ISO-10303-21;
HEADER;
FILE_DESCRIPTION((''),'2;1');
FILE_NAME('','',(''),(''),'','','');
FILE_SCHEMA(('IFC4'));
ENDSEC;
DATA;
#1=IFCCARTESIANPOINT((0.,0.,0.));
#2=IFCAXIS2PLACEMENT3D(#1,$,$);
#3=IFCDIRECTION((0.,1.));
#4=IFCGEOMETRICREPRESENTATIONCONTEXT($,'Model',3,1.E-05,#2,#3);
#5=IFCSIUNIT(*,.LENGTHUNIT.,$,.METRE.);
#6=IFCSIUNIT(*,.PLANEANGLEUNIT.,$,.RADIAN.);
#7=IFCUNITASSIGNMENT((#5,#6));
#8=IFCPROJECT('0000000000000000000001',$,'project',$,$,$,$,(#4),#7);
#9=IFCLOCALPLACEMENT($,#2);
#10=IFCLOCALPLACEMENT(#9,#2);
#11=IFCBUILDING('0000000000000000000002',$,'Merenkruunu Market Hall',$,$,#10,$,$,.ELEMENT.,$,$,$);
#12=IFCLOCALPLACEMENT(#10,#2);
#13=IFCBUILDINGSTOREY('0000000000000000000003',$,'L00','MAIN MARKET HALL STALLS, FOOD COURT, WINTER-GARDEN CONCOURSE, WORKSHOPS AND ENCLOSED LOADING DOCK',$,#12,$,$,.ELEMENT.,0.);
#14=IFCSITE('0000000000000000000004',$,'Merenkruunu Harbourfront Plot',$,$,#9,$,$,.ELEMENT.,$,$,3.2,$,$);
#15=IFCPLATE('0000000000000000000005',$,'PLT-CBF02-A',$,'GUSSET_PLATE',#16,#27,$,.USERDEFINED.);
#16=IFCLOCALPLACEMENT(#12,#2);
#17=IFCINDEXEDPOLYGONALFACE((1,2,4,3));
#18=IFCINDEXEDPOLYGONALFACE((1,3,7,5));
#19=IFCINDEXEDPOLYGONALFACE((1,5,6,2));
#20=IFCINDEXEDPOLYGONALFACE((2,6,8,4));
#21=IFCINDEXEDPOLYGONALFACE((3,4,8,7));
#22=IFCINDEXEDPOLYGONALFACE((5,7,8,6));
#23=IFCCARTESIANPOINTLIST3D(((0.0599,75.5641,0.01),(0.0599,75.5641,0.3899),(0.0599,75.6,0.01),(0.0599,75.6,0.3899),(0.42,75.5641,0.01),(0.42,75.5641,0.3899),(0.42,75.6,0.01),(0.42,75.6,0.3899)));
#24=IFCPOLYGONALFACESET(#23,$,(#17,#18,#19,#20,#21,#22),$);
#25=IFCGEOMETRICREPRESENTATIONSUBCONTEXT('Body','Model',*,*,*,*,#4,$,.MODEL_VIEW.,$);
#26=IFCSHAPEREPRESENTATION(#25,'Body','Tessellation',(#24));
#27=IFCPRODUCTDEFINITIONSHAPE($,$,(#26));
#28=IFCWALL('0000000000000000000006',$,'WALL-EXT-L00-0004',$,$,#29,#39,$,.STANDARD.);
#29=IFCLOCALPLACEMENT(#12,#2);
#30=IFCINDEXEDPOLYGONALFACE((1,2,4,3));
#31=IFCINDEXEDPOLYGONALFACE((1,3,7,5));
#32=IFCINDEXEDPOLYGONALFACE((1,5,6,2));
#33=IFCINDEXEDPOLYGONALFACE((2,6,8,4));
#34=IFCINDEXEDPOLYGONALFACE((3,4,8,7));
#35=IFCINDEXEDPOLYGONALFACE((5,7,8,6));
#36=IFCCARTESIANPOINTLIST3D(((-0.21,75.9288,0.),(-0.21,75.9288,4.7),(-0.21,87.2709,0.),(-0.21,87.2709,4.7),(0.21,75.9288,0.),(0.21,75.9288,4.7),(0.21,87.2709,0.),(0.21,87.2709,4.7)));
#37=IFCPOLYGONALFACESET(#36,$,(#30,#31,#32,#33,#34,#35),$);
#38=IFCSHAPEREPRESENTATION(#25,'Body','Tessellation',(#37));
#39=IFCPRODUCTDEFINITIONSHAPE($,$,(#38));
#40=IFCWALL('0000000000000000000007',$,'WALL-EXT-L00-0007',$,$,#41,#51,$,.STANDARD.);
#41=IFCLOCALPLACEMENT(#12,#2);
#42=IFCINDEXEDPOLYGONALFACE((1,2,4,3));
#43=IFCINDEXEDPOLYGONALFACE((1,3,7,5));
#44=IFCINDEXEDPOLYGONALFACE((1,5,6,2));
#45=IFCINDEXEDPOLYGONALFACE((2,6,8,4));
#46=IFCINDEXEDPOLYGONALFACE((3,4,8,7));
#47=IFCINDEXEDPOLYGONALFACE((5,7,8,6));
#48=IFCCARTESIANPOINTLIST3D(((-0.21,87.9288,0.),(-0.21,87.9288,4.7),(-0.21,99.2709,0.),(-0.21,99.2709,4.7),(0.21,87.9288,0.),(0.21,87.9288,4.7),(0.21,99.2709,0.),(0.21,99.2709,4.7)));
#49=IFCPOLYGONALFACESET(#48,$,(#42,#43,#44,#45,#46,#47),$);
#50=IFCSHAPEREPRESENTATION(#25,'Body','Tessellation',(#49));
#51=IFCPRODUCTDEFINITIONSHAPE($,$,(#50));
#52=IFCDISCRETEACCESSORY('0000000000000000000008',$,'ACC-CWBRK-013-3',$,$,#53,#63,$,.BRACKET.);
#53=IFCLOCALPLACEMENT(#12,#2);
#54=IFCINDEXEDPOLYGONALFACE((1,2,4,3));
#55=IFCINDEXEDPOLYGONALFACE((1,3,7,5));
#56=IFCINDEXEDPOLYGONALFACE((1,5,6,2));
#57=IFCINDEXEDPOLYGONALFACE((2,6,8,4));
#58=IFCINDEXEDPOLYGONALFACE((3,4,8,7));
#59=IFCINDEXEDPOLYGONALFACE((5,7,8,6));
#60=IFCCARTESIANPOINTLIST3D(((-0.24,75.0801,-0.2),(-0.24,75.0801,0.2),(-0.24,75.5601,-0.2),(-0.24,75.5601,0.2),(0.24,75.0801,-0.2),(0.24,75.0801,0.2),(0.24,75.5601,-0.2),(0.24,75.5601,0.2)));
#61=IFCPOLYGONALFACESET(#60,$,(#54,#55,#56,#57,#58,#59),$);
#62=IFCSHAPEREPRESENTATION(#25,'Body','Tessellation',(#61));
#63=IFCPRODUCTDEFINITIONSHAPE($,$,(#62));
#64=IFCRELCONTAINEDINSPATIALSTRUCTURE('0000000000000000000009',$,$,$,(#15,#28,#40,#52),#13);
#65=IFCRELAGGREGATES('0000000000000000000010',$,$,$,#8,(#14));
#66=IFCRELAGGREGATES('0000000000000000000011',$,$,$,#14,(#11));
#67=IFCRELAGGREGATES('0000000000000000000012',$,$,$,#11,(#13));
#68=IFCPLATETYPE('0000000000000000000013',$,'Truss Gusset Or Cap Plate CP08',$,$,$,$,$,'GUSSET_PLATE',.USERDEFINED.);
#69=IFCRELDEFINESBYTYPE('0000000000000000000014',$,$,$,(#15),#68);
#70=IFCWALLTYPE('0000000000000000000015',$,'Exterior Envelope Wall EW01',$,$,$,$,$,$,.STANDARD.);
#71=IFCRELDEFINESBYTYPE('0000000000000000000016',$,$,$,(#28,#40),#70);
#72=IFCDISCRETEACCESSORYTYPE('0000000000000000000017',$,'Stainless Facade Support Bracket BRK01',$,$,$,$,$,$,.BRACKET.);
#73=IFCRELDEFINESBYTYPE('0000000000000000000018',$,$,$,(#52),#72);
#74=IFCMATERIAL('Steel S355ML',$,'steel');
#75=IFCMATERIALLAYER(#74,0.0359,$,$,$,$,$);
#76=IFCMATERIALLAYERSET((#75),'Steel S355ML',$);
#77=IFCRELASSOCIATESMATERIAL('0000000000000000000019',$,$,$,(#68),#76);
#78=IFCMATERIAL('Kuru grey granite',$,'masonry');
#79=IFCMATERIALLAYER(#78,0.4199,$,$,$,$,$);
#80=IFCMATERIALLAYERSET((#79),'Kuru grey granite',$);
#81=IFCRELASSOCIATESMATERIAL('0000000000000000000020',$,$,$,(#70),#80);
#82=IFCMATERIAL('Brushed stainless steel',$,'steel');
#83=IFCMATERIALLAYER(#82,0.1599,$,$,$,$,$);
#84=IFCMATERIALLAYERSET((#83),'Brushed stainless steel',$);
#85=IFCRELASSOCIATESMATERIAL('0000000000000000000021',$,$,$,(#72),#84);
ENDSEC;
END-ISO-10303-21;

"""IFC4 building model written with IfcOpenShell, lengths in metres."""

from ifc_helpers import new_model, si_unit, direction, frame, frame_2d, origin, origin_2d, place, context, subcontext, project, spatial, rectangle, extrude, material, layer, layer_set, type_object, element, save


model = new_model("IFC4")

# Units and contexts
model_context = context("Model", 3, precision=1e-05, world=origin(), true_north=direction((0.0, 1.0)))
body_context = subcontext(model_context, "Body", "Model", "MODEL_VIEW")
ifc_project = project(units=[si_unit("LENGTHUNIT", "METRE"), si_unit("PLANEANGLEUNIT", "RADIAN")], contexts=[model_context])

# Site, building, storey
site_placement = place(None, origin())
site = spatial("IfcSite", under=ifc_project, at=site_placement, Name="Merenkruunu Harbourfront Plot", CompositionType="ELEMENT", RefElevation=3.2)
building_placement = place(site_placement, origin())
building = spatial("IfcBuilding", under=site, at=building_placement, Name="Merenkruunu Market Hall", CompositionType="ELEMENT")
storey_placement = place(building_placement, origin())
storey = spatial("IfcBuildingStorey", under=building, at=storey_placement, Name="L00", Description="MAIN MARKET HALL STALLS, FOOD COURT, WINTER-GARDEN CONCOURSE, WORKSHOPS AND ENCLOSED LOADING DOCK", CompositionType="ELEMENT", Elevation=0.0)

# Shared definitions
ifc_material_1 = material(Name="Steel S355ML", Category="steel")

# Plate
ifc_layer_1 = layer(ifc_material_1, 0.0359)
ifc_layer_set_1 = layer_set([ifc_layer_1], Name="Steel S355ML")
plate_type_1 = type_object("IfcPlateType", Name="Truss Gusset Or Cap Plate CP08", ElementType="GUSSET_PLATE", PredefinedType="USERDEFINED", material=ifc_layer_set_1)
plate_1_placement = place(storey_placement, frame((0.24, 75.582, 0.01), z_axis=(0.0, 0.0, 1.0), x_axis=(1.0, 0.0, 0.0)))
element("IfcPlate", 1, at=plate_1_placement, inside=storey, type_object=plate_type_1, Name="PLT-CBF02-A", ObjectType="GUSSET_PLATE", PredefinedType="USERDEFINED", context=body_context, shape_type="SweptSolid", body=[
    extrude(rectangle(XDim=0.3601, YDim=0.0359, at=origin_2d()), origin(), (0.0, 0.0, 1.0), 0.3799),
])

# Walls
ifc_material_2 = material(Name="Kuru grey granite", Category="masonry")
ifc_layer_2 = layer(ifc_material_2, 0.4199)
ifc_layer_set_2 = layer_set([ifc_layer_2], Name="Kuru grey granite")
wall_type = type_object("IfcWallType", Name="Exterior Envelope Wall EW01", PredefinedType="STANDARD", material=ifc_layer_set_2)
for number, where, z_axis, x_axis, name in (
    (2, (0.0, 75.929, 0.0), (0.0, 0.0, 1.0), (0.0, 1.0, 0.0), "WALL-EXT-L00-0004"),
    (3, (0.0, 87.929, 0.0), (0.0, 0.0, 1.0), (0.0, 1.0, 0.0), "WALL-EXT-L00-0007"),
):
    element("IfcWall", number, at=place(storey_placement, frame(where, z_axis=z_axis, x_axis=x_axis)), inside=storey, type_object=wall_type, Name=name, PredefinedType="STANDARD", context=body_context, shape_type="SweptSolid", body=[
        extrude(rectangle(XDim=11.342, YDim=0.4199, at=frame_2d((5.6709, 0.0))), origin(), (0.0, 0.0, 1.0), 4.7),
    ])

# Discrete accessory
ifc_material_3 = material(Name="Brushed stainless steel", Category="steel")
ifc_layer_3 = layer(ifc_material_3, 0.1599)
ifc_layer_set_3 = layer_set([ifc_layer_3], Name="Brushed stainless steel")
discrete_accessory_type = type_object("IfcDiscreteAccessoryType", Name="Stainless Facade Support Bracket BRK01", PredefinedType="BRACKET", material=ifc_layer_set_3)
discrete_accessory_placement = place(storey_placement, frame((0.0, 75.3201, -0.2), z_axis=(0.0, 0.0, 1.0), x_axis=(1.0, 0.0, 0.0)))
element("IfcDiscreteAccessory", 4, at=discrete_accessory_placement, inside=storey, type_object=discrete_accessory_type, Name="ACC-CWBRK-013-3", PredefinedType="BRACKET", context=body_context, shape_type="SweptSolid", body=[
    extrude(rectangle(XDim=0.48, YDim=0.48, at=origin_2d()), origin(), (0.0, 0.0, 1.0), 0.3999),
])

save(model, "model.ifc")
